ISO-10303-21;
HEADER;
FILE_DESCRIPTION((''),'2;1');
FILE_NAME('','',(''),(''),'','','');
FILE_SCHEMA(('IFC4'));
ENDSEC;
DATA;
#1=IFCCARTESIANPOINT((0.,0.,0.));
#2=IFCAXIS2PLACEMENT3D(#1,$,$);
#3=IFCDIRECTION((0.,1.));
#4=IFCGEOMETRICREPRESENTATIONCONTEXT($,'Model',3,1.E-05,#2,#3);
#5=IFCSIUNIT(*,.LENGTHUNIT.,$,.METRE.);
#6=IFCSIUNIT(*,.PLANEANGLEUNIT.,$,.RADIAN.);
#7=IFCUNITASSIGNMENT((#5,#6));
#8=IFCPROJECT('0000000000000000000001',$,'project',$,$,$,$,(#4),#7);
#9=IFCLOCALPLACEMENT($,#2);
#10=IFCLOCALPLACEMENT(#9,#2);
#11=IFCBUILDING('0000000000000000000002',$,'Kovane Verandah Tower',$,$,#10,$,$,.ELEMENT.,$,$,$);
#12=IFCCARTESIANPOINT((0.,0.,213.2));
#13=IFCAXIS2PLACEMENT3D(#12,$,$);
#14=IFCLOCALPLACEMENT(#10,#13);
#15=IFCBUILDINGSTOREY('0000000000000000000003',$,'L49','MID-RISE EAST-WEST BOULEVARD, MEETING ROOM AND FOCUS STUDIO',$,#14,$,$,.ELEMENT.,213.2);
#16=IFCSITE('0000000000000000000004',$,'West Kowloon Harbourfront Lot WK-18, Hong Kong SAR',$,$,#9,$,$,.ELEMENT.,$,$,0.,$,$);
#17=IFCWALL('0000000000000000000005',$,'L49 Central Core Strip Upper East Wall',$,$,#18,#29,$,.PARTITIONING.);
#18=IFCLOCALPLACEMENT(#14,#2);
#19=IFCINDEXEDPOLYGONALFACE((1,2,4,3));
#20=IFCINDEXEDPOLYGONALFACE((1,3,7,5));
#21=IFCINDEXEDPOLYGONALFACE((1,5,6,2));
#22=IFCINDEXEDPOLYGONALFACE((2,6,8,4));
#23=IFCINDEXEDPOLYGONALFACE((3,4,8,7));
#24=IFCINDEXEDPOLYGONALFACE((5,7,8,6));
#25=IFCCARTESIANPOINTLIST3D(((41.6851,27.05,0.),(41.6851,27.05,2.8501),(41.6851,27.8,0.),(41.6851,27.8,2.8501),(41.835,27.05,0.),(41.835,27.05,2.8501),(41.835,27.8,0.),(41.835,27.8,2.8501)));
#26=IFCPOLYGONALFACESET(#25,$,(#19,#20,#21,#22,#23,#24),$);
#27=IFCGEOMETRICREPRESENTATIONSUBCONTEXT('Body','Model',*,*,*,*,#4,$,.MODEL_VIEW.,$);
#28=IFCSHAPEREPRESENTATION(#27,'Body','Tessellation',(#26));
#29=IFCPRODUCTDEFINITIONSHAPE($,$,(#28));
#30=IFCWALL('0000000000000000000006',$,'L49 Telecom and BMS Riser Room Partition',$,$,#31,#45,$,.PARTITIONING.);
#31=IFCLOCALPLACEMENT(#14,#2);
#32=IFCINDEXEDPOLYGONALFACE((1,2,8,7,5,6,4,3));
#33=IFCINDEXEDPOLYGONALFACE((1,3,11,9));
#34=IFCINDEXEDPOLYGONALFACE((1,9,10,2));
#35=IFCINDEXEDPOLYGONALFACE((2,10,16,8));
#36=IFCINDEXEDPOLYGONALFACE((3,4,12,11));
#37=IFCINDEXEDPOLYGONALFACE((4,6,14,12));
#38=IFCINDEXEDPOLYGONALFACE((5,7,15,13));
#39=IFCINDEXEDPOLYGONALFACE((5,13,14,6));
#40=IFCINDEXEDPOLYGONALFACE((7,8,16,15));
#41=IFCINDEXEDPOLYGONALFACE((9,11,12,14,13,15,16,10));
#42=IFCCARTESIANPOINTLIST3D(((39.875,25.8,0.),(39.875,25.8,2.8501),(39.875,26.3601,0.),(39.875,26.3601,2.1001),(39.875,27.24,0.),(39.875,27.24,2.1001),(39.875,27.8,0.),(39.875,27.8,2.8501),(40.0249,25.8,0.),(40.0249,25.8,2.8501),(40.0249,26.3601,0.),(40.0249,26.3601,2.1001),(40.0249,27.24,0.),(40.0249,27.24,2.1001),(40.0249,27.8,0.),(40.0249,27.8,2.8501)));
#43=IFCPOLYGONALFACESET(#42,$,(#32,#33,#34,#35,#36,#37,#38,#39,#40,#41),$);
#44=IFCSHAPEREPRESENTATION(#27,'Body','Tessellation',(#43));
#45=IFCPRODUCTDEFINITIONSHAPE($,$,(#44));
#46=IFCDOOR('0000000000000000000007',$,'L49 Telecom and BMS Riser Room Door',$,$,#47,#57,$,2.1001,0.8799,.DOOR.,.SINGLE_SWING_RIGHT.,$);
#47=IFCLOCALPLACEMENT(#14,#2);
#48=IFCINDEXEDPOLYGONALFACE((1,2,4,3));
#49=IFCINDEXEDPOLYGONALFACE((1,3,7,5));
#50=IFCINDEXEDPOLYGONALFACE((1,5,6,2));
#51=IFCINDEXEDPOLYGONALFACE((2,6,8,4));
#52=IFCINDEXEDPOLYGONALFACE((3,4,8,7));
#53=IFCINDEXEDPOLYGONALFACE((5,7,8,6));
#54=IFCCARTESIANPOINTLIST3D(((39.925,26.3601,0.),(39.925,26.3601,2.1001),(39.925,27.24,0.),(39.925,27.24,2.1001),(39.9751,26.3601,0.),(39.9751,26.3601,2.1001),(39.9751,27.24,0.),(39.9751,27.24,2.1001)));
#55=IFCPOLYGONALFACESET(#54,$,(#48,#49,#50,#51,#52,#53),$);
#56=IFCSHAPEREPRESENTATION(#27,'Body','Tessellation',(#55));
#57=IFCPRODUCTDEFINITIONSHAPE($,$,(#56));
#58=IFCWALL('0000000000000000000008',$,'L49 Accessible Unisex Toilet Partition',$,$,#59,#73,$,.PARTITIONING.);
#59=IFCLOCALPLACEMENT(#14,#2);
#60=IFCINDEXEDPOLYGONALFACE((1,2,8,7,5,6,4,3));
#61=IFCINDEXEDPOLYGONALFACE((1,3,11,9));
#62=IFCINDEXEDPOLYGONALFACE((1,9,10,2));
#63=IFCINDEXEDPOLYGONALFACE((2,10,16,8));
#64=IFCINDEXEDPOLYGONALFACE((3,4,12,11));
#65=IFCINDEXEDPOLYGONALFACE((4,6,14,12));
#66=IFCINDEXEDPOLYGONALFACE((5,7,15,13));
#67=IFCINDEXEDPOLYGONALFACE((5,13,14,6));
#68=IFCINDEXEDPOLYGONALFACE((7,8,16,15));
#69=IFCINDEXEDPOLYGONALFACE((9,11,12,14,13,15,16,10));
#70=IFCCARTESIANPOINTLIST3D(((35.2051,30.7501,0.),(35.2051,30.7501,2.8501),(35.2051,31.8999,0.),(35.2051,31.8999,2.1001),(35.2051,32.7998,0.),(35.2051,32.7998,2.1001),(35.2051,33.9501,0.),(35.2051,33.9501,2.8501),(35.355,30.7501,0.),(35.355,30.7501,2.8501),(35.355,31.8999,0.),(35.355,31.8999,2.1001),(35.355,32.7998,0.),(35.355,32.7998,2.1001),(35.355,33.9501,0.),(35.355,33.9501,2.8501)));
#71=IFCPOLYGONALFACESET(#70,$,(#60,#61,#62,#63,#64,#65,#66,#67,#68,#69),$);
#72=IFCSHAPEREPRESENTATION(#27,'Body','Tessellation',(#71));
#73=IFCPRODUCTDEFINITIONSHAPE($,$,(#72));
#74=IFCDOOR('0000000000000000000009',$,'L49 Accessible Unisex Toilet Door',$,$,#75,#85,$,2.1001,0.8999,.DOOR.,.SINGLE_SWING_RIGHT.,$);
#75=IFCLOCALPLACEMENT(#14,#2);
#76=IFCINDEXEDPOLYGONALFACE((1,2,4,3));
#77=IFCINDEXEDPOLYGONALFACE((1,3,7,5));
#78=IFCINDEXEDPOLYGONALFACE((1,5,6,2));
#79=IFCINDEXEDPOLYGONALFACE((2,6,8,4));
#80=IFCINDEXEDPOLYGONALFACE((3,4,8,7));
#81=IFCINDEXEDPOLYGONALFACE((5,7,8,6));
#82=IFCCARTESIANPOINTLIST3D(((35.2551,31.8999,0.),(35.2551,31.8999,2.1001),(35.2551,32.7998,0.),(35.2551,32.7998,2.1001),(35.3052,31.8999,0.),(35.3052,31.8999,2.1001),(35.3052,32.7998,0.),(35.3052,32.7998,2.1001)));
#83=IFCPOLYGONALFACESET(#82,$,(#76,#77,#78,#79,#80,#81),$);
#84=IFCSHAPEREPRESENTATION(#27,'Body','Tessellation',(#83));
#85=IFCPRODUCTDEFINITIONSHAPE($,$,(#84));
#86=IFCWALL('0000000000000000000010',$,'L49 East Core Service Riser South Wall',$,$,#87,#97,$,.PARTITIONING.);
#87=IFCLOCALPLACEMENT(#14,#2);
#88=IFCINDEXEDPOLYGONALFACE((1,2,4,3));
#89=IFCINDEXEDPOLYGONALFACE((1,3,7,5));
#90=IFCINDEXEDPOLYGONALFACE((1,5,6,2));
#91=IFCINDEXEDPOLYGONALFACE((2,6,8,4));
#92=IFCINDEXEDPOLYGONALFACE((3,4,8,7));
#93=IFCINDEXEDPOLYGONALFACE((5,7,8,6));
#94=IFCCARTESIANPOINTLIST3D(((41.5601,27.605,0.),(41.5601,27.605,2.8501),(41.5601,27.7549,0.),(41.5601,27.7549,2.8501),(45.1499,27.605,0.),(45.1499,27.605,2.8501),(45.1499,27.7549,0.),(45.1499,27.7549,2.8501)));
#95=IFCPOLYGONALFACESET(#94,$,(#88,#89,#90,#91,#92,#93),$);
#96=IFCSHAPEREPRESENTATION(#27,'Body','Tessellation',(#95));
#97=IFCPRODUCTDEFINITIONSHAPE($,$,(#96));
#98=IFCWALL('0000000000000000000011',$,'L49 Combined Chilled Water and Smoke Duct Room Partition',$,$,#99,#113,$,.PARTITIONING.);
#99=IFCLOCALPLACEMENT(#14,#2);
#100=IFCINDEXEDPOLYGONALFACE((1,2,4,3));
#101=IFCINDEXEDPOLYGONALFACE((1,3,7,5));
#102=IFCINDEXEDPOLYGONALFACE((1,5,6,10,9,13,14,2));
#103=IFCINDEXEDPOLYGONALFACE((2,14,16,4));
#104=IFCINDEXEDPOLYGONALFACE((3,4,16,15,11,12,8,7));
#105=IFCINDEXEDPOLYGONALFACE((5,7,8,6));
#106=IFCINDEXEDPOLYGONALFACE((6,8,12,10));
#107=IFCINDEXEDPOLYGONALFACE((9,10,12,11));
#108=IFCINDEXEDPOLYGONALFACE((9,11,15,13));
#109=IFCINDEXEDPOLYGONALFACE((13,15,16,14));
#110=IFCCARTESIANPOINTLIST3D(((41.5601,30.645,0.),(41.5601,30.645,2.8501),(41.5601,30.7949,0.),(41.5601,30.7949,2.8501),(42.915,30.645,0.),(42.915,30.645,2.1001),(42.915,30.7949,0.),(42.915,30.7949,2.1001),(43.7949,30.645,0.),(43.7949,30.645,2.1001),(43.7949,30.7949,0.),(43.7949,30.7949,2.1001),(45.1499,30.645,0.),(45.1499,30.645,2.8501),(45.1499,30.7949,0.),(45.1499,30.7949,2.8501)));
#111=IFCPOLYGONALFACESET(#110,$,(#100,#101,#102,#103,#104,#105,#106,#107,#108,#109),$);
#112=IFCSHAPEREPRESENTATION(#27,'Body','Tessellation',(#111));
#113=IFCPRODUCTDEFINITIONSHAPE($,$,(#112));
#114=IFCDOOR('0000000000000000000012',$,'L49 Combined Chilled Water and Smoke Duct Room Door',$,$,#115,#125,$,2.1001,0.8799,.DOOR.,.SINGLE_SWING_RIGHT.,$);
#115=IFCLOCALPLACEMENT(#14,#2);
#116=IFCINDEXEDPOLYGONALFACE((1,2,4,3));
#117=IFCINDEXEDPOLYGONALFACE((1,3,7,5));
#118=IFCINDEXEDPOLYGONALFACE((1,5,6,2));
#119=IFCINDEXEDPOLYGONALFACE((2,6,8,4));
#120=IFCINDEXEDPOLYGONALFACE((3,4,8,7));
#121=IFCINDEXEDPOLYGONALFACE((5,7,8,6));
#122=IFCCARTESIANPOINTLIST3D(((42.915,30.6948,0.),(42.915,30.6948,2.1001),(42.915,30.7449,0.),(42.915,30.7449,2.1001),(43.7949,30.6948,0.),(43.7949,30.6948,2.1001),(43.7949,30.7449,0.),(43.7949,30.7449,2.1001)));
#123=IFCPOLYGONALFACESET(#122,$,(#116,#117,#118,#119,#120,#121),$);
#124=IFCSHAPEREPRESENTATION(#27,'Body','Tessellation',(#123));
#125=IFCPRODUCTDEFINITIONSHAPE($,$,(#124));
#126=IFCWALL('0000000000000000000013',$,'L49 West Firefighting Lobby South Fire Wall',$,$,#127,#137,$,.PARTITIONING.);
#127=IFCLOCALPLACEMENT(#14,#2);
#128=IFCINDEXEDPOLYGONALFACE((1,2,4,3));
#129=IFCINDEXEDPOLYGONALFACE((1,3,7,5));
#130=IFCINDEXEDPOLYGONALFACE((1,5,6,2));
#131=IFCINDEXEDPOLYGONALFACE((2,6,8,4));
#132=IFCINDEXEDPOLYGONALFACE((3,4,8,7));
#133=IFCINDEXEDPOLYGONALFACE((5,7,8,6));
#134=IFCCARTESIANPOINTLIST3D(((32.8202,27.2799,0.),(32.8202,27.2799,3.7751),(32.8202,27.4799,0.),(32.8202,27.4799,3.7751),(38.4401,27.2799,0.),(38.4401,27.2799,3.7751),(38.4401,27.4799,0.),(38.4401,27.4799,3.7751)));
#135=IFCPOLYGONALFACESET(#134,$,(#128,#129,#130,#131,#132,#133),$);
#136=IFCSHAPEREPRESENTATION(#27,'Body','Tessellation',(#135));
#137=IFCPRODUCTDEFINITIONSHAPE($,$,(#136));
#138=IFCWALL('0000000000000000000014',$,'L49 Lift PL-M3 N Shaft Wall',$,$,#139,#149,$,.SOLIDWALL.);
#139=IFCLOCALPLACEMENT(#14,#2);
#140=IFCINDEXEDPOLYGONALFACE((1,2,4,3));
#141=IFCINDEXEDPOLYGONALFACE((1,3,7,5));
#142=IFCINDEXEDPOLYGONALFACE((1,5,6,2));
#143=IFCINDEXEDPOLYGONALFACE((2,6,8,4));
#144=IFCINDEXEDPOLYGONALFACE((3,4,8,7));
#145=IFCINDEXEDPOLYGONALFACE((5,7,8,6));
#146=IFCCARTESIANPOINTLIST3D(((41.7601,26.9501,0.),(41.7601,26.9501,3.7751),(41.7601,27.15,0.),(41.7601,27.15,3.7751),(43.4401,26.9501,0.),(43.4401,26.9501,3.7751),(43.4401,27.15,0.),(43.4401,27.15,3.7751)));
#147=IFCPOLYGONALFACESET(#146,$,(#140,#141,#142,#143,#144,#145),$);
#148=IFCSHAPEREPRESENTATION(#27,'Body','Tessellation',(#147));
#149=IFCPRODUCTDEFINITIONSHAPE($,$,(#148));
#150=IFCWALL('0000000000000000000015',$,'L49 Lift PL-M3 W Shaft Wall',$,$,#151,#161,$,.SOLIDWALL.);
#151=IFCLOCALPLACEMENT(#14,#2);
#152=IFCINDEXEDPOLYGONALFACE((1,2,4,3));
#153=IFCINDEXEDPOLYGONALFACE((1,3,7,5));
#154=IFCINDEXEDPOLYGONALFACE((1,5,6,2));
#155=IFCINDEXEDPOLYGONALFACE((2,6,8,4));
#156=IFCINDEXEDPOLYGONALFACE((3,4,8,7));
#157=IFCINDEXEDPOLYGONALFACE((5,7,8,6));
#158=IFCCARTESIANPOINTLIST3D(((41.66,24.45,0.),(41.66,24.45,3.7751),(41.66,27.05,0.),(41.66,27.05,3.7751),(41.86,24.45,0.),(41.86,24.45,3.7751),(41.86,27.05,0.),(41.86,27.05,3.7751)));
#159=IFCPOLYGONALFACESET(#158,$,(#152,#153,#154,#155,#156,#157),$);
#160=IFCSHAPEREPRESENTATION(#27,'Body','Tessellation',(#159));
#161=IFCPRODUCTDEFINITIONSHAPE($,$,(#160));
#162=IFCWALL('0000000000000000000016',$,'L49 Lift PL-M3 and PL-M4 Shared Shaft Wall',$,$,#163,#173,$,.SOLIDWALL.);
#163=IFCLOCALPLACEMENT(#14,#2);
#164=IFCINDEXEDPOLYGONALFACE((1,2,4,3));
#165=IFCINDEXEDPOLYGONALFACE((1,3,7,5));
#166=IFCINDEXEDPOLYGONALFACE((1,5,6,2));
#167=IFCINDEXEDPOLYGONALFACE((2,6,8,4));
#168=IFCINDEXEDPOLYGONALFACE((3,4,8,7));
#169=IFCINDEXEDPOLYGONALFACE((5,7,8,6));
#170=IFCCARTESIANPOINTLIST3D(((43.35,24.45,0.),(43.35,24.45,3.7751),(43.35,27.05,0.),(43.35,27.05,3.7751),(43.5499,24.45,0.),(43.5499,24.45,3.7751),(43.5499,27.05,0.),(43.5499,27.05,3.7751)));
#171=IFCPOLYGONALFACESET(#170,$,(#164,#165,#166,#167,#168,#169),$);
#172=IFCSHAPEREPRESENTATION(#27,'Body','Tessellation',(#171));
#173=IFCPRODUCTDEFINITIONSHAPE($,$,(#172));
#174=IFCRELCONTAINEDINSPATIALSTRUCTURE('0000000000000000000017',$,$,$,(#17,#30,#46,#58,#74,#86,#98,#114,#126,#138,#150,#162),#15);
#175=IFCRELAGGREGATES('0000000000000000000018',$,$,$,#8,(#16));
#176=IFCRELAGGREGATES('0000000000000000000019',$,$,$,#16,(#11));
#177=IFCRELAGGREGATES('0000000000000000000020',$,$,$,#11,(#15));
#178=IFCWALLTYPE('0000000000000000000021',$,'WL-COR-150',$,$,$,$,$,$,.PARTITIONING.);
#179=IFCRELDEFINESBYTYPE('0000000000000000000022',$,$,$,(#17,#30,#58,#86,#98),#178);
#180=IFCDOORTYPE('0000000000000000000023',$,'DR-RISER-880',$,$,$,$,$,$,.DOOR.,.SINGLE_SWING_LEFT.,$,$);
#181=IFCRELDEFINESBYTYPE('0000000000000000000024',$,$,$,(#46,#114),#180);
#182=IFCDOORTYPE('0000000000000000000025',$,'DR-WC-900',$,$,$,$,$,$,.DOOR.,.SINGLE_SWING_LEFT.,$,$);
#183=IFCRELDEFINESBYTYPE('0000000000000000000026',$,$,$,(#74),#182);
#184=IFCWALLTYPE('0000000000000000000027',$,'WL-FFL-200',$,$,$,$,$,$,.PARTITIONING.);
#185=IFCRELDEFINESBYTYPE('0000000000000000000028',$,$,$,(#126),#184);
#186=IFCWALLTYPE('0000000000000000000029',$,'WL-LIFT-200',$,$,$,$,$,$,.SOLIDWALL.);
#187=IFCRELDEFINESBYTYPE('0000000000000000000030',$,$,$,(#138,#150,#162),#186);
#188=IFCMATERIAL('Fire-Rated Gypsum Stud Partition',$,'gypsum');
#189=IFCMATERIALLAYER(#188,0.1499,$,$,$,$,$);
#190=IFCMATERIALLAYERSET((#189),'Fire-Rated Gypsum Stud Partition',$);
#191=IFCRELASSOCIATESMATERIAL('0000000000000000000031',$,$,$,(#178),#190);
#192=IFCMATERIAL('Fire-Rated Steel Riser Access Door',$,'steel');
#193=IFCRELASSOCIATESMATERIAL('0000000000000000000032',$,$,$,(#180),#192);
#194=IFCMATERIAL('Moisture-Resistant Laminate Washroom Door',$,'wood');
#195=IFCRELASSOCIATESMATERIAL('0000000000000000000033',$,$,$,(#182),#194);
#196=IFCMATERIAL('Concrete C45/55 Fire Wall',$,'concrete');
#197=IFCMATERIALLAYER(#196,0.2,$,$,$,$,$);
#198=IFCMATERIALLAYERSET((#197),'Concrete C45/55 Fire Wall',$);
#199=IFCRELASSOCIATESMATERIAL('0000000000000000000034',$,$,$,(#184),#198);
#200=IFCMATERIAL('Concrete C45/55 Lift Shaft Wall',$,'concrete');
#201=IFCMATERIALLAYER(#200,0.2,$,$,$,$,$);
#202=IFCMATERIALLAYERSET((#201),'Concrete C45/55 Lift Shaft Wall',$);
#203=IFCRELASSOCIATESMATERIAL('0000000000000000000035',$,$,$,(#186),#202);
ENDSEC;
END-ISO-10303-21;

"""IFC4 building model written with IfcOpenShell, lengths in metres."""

from ifc_helpers import new_model, si_unit, direction, frame, frame_2d, origin, place, context, subcontext, project, spatial, rectangle, extrude, material, layer, layer_set, type_object, element, fill, save


model = new_model("IFC4")

# Units and contexts
model_context = context("Model", 3, precision=1e-05, world=origin(), true_north=direction((0.0, 1.0)))
body_context = subcontext(model_context, "Body", "Model", "MODEL_VIEW")
ifc_project = project(units=[si_unit("LENGTHUNIT", "METRE"), si_unit("PLANEANGLEUNIT", "RADIAN")], contexts=[model_context])

# Site, building, storey
site_placement = place(None, origin())
site = spatial("IfcSite", under=ifc_project, at=site_placement, Name="West Kowloon Harbourfront Lot WK-18, Hong Kong SAR", CompositionType="ELEMENT", RefElevation=0.0)
building_placement = place(site_placement, origin())
building = spatial("IfcBuilding", under=site, at=building_placement, Name="Kovane Verandah Tower", CompositionType="ELEMENT")
storey_placement = place(building_placement, frame((0.0, 0.0, 213.2)))
storey = spatial("IfcBuildingStorey", under=building, at=storey_placement, Name="L49", Description="MID-RISE EAST-WEST BOULEVARD, MEETING ROOM AND FOCUS STUDIO", CompositionType="ELEMENT", Elevation=213.2)

# Wall
ifc_material_1 = material(Name="Fire-Rated Gypsum Stud Partition", Category="gypsum")
ifc_layer_1 = layer(ifc_material_1, 0.1499)
ifc_layer_set_1 = layer_set([ifc_layer_1], Name="Fire-Rated Gypsum Stud Partition")
wall_type_1 = type_object("IfcWallType", Name="WL-COR-150", PredefinedType="PARTITIONING", material=ifc_layer_set_1)
wall_1_placement = place(storey_placement, frame((41.76, 27.05, 0.0), z_axis=(0.0, 0.0, 1.0), x_axis=(0.0, 1.0, 0.0)))
element("IfcWall", 1, at=wall_1_placement, inside=storey, type_object=wall_type_1, Name="L49 Central Core Strip Upper East Wall", PredefinedType="PARTITIONING", context=body_context, shape_type="SweptSolid", body=[
    extrude(rectangle(XDim=0.75, YDim=0.1499, at=frame_2d((0.375, 0.0))), origin(), (0.0, 0.0, 1.0), 2.8501),
])

# Walls, openings, doors
wall_2_placement = place(storey_placement, frame((39.95, 25.8, 0.0), z_axis=(0.0, 0.0, 1.0), x_axis=(0.0, 1.0, 0.0)))
wall_2 = element("IfcWall", 2, at=wall_2_placement, inside=storey, type_object=wall_type_1, Name="L49 Telecom and BMS Riser Room Partition", PredefinedType="PARTITIONING", context=body_context, shape_type="SweptSolid", body=[
    extrude(rectangle(XDim=2.0, YDim=0.1499, at=frame_2d((1.0, 0.0))), origin(), (0.0, 0.0, 1.0), 2.8501),
])
opening_1_placement = place(wall_2_placement, frame((0.5601, 0.0, 0.0)))
opening_1 = element("IfcOpeningElement", 3, at=opening_1_placement, cuts=wall_2, PredefinedType="OPENING", context=body_context, shape_type="SweptSolid", body=[
    extrude(rectangle(XDim=0.8799, YDim=2.1001, at=frame_2d((0.4399, 1.05))), frame((0.0, 0.075, 0.0), z_axis=(0.0, -1.0, 0.0), x_axis=(1.0, 0.0, 0.0)), (0.0, 0.0, 1.0), 0.1499),
])
ifc_material_2 = material(Name="Fire-Rated Steel Riser Access Door", Category="steel")
door_type_1 = type_object("IfcDoorType", Name="DR-RISER-880", OperationType="SINGLE_SWING_LEFT", PredefinedType="DOOR", material=ifc_material_2)
door_1_placement = place(opening_1_placement, origin())
door_1 = element("IfcDoor", 4, at=door_1_placement, inside=storey, type_object=door_type_1, Name="L49 Telecom and BMS Riser Room Door", OperationType="SINGLE_SWING_RIGHT", OverallHeight=2.1001, OverallWidth=0.8799, PredefinedType="DOOR", context=body_context, shape_type="SweptSolid", body=[
    extrude(rectangle(XDim=0.8799, YDim=2.1001, at=frame_2d((0.4399, 1.05))), frame((0.0, 0.0249, 0.0), z_axis=(0.0, -1.0, 0.0), x_axis=(1.0, 0.0, 0.0)), (0.0, 0.0, 1.0), 0.05),
])
fill(opening_1, door_1)
wall_3_placement = place(storey_placement, frame((35.28, 30.75, 0.0), z_axis=(0.0, 0.0, 1.0), x_axis=(0.0, 1.0, 0.0)))
wall_3 = element("IfcWall", 5, at=wall_3_placement, inside=storey, type_object=wall_type_1, Name="L49 Accessible Unisex Toilet Partition", PredefinedType="PARTITIONING", context=body_context, shape_type="SweptSolid", body=[
    extrude(rectangle(XDim=3.2, YDim=0.1499, at=frame_2d((1.6001, 0.0))), origin(), (0.0, 0.0, 1.0), 2.8501),
])
opening_2_placement = place(wall_3_placement, frame((1.1499, 0.0, 0.0)))
opening_2 = element("IfcOpeningElement", 6, at=opening_2_placement, cuts=wall_3, PredefinedType="OPENING", context=body_context, shape_type="SweptSolid", body=[
    extrude(rectangle(XDim=0.8999, YDim=2.1001, at=frame_2d((0.45, 1.05))), frame((0.0, 0.075, 0.0), z_axis=(0.0, -1.0, 0.0), x_axis=(1.0, 0.0, 0.0)), (0.0, 0.0, 1.0), 0.1499),
])
ifc_material_3 = material(Name="Moisture-Resistant Laminate Washroom Door", Category="wood")
door_type_2 = type_object("IfcDoorType", Name="DR-WC-900", OperationType="SINGLE_SWING_LEFT", PredefinedType="DOOR", material=ifc_material_3)
door_2_placement = place(opening_2_placement, origin())
door_2 = element("IfcDoor", 7, at=door_2_placement, inside=storey, type_object=door_type_2, Name="L49 Accessible Unisex Toilet Door", OperationType="SINGLE_SWING_RIGHT", OverallHeight=2.1001, OverallWidth=0.8999, PredefinedType="DOOR", context=body_context, shape_type="SweptSolid", body=[
    extrude(rectangle(XDim=0.8999, YDim=2.1001, at=frame_2d((0.45, 1.05))), frame((0.0, 0.0249, 0.0), z_axis=(0.0, -1.0, 0.0), x_axis=(1.0, 0.0, 0.0)), (0.0, 0.0, 1.0), 0.05),
])
fill(opening_2, door_2)

# Wall
wall_4_placement = place(storey_placement, frame((41.5601, 27.6799, 0.0), z_axis=(0.0, 0.0, 1.0), x_axis=(1.0, 0.0, 0.0)))
element("IfcWall", 8, at=wall_4_placement, inside=storey, type_object=wall_type_1, Name="L49 East Core Service Riser South Wall", PredefinedType="PARTITIONING", context=body_context, shape_type="SweptSolid", body=[
    extrude(rectangle(XDim=3.5898, YDim=0.1499, at=frame_2d((1.7949, 0.0))), origin(), (0.0, 0.0, 1.0), 2.8501),
])

# Wall, opening, door
wall_5_placement = place(storey_placement, frame((41.5601, 30.72, 0.0), z_axis=(0.0, 0.0, 1.0), x_axis=(1.0, 0.0, 0.0)))
wall_5 = element("IfcWall", 9, at=wall_5_placement, inside=storey, type_object=wall_type_1, Name="L49 Combined Chilled Water and Smoke Duct Room Partition", PredefinedType="PARTITIONING", context=body_context, shape_type="SweptSolid", body=[
    extrude(rectangle(XDim=3.5898, YDim=0.1499, at=frame_2d((1.7949, 0.0))), origin(), (0.0, 0.0, 1.0), 2.8501),
])
opening_3_placement = place(wall_5_placement, frame((1.355, 0.0, 0.0)))
opening_3 = element("IfcOpeningElement", 10, at=opening_3_placement, cuts=wall_5, PredefinedType="OPENING", context=body_context, shape_type="SweptSolid", body=[
    extrude(rectangle(XDim=0.8799, YDim=2.1001, at=frame_2d((0.4399, 1.05))), frame((0.0, 0.075, 0.0), z_axis=(0.0, -1.0, 0.0), x_axis=(1.0, 0.0, 0.0)), (0.0, 0.0, 1.0), 0.1499),
])
door_3_placement = place(opening_3_placement, origin())
door_3 = element("IfcDoor", 11, at=door_3_placement, inside=storey, type_object=door_type_1, Name="L49 Combined Chilled Water and Smoke Duct Room Door", OperationType="SINGLE_SWING_RIGHT", OverallHeight=2.1001, OverallWidth=0.8799, PredefinedType="DOOR", context=body_context, shape_type="SweptSolid", body=[
    extrude(rectangle(XDim=0.8799, YDim=2.1001, at=frame_2d((0.4399, 1.05))), frame((0.0, 0.0249, 0.0), z_axis=(0.0, -1.0, 0.0), x_axis=(1.0, 0.0, 0.0)), (0.0, 0.0, 1.0), 0.05),
])
fill(opening_3, door_3)
ifc_material_4 = material(Name="Concrete C45/55 Fire Wall", Category="concrete")
ifc_layer_2 = layer(ifc_material_4, 0.2)
ifc_layer_set_2 = layer_set([ifc_layer_2], Name="Concrete C45/55 Fire Wall")
wall_type_2 = type_object("IfcWallType", Name="WL-FFL-200", PredefinedType="PARTITIONING", material=ifc_layer_set_2)

# Wall
wall_6_placement = place(storey_placement, frame((32.8201, 27.3799, 0.0), z_axis=(0.0, 0.0, 1.0), x_axis=(1.0, 0.0, 0.0)))
element("IfcWall", 12, at=wall_6_placement, inside=storey, type_object=wall_type_2, Name="L49 West Firefighting Lobby South Fire Wall", PredefinedType="PARTITIONING", context=body_context, shape_type="SweptSolid", body=[
    extrude(rectangle(XDim=5.6199, YDim=0.2, at=frame_2d((2.8101, 0.0))), origin(), (0.0, 0.0, 1.0), 3.7751),
])

# Shared definitions
ifc_material_5 = material(Name="Concrete C45/55 Lift Shaft Wall", Category="concrete")
ifc_layer_3 = layer(ifc_material_5, 0.2)
ifc_layer_set_3 = layer_set([ifc_layer_3], Name="Concrete C45/55 Lift Shaft Wall")
wall_type_3 = type_object("IfcWallType", Name="WL-LIFT-200", PredefinedType="SOLIDWALL", material=ifc_layer_set_3)

# Walls
wall_7_placement = place(storey_placement, frame((43.4399, 27.05, 0.0), z_axis=(0.0, 0.0, 1.0), x_axis=(-1.0, 0.0, 0.0)))
element("IfcWall", 13, at=wall_7_placement, inside=storey, type_object=wall_type_3, Name="L49 Lift PL-M3 N Shaft Wall", PredefinedType="SOLIDWALL", context=body_context, shape_type="SweptSolid", body=[
    extrude(rectangle(XDim=1.6799, YDim=0.2, at=frame_2d((0.8398, 0.0))), origin(), (0.0, 0.0, 1.0), 3.7751),
])
for number, where, z_axis, x_axis, name in (
    (14, (41.76, 27.05, 0.0), (0.0, 0.0, 1.0), (0.0, -1.0, 0.0), "L49 Lift PL-M3 W Shaft Wall"),
    (15, (43.45, 24.45, 0.0), (0.0, 0.0, 1.0), (0.0, 1.0, 0.0), "L49 Lift PL-M3 and PL-M4 Shared Shaft Wall"),
):
    element("IfcWall", number, at=place(storey_placement, frame(where, z_axis=z_axis, x_axis=x_axis)), inside=storey, type_object=wall_type_3, Name=name, PredefinedType="SOLIDWALL", context=body_context, shape_type="SweptSolid", body=[
        extrude(rectangle(XDim=2.6001, YDim=0.2, at=frame_2d((1.3, 0.0))), origin(), (0.0, 0.0, 1.0), 3.7751),
    ])

save(model, "model.ifc")
